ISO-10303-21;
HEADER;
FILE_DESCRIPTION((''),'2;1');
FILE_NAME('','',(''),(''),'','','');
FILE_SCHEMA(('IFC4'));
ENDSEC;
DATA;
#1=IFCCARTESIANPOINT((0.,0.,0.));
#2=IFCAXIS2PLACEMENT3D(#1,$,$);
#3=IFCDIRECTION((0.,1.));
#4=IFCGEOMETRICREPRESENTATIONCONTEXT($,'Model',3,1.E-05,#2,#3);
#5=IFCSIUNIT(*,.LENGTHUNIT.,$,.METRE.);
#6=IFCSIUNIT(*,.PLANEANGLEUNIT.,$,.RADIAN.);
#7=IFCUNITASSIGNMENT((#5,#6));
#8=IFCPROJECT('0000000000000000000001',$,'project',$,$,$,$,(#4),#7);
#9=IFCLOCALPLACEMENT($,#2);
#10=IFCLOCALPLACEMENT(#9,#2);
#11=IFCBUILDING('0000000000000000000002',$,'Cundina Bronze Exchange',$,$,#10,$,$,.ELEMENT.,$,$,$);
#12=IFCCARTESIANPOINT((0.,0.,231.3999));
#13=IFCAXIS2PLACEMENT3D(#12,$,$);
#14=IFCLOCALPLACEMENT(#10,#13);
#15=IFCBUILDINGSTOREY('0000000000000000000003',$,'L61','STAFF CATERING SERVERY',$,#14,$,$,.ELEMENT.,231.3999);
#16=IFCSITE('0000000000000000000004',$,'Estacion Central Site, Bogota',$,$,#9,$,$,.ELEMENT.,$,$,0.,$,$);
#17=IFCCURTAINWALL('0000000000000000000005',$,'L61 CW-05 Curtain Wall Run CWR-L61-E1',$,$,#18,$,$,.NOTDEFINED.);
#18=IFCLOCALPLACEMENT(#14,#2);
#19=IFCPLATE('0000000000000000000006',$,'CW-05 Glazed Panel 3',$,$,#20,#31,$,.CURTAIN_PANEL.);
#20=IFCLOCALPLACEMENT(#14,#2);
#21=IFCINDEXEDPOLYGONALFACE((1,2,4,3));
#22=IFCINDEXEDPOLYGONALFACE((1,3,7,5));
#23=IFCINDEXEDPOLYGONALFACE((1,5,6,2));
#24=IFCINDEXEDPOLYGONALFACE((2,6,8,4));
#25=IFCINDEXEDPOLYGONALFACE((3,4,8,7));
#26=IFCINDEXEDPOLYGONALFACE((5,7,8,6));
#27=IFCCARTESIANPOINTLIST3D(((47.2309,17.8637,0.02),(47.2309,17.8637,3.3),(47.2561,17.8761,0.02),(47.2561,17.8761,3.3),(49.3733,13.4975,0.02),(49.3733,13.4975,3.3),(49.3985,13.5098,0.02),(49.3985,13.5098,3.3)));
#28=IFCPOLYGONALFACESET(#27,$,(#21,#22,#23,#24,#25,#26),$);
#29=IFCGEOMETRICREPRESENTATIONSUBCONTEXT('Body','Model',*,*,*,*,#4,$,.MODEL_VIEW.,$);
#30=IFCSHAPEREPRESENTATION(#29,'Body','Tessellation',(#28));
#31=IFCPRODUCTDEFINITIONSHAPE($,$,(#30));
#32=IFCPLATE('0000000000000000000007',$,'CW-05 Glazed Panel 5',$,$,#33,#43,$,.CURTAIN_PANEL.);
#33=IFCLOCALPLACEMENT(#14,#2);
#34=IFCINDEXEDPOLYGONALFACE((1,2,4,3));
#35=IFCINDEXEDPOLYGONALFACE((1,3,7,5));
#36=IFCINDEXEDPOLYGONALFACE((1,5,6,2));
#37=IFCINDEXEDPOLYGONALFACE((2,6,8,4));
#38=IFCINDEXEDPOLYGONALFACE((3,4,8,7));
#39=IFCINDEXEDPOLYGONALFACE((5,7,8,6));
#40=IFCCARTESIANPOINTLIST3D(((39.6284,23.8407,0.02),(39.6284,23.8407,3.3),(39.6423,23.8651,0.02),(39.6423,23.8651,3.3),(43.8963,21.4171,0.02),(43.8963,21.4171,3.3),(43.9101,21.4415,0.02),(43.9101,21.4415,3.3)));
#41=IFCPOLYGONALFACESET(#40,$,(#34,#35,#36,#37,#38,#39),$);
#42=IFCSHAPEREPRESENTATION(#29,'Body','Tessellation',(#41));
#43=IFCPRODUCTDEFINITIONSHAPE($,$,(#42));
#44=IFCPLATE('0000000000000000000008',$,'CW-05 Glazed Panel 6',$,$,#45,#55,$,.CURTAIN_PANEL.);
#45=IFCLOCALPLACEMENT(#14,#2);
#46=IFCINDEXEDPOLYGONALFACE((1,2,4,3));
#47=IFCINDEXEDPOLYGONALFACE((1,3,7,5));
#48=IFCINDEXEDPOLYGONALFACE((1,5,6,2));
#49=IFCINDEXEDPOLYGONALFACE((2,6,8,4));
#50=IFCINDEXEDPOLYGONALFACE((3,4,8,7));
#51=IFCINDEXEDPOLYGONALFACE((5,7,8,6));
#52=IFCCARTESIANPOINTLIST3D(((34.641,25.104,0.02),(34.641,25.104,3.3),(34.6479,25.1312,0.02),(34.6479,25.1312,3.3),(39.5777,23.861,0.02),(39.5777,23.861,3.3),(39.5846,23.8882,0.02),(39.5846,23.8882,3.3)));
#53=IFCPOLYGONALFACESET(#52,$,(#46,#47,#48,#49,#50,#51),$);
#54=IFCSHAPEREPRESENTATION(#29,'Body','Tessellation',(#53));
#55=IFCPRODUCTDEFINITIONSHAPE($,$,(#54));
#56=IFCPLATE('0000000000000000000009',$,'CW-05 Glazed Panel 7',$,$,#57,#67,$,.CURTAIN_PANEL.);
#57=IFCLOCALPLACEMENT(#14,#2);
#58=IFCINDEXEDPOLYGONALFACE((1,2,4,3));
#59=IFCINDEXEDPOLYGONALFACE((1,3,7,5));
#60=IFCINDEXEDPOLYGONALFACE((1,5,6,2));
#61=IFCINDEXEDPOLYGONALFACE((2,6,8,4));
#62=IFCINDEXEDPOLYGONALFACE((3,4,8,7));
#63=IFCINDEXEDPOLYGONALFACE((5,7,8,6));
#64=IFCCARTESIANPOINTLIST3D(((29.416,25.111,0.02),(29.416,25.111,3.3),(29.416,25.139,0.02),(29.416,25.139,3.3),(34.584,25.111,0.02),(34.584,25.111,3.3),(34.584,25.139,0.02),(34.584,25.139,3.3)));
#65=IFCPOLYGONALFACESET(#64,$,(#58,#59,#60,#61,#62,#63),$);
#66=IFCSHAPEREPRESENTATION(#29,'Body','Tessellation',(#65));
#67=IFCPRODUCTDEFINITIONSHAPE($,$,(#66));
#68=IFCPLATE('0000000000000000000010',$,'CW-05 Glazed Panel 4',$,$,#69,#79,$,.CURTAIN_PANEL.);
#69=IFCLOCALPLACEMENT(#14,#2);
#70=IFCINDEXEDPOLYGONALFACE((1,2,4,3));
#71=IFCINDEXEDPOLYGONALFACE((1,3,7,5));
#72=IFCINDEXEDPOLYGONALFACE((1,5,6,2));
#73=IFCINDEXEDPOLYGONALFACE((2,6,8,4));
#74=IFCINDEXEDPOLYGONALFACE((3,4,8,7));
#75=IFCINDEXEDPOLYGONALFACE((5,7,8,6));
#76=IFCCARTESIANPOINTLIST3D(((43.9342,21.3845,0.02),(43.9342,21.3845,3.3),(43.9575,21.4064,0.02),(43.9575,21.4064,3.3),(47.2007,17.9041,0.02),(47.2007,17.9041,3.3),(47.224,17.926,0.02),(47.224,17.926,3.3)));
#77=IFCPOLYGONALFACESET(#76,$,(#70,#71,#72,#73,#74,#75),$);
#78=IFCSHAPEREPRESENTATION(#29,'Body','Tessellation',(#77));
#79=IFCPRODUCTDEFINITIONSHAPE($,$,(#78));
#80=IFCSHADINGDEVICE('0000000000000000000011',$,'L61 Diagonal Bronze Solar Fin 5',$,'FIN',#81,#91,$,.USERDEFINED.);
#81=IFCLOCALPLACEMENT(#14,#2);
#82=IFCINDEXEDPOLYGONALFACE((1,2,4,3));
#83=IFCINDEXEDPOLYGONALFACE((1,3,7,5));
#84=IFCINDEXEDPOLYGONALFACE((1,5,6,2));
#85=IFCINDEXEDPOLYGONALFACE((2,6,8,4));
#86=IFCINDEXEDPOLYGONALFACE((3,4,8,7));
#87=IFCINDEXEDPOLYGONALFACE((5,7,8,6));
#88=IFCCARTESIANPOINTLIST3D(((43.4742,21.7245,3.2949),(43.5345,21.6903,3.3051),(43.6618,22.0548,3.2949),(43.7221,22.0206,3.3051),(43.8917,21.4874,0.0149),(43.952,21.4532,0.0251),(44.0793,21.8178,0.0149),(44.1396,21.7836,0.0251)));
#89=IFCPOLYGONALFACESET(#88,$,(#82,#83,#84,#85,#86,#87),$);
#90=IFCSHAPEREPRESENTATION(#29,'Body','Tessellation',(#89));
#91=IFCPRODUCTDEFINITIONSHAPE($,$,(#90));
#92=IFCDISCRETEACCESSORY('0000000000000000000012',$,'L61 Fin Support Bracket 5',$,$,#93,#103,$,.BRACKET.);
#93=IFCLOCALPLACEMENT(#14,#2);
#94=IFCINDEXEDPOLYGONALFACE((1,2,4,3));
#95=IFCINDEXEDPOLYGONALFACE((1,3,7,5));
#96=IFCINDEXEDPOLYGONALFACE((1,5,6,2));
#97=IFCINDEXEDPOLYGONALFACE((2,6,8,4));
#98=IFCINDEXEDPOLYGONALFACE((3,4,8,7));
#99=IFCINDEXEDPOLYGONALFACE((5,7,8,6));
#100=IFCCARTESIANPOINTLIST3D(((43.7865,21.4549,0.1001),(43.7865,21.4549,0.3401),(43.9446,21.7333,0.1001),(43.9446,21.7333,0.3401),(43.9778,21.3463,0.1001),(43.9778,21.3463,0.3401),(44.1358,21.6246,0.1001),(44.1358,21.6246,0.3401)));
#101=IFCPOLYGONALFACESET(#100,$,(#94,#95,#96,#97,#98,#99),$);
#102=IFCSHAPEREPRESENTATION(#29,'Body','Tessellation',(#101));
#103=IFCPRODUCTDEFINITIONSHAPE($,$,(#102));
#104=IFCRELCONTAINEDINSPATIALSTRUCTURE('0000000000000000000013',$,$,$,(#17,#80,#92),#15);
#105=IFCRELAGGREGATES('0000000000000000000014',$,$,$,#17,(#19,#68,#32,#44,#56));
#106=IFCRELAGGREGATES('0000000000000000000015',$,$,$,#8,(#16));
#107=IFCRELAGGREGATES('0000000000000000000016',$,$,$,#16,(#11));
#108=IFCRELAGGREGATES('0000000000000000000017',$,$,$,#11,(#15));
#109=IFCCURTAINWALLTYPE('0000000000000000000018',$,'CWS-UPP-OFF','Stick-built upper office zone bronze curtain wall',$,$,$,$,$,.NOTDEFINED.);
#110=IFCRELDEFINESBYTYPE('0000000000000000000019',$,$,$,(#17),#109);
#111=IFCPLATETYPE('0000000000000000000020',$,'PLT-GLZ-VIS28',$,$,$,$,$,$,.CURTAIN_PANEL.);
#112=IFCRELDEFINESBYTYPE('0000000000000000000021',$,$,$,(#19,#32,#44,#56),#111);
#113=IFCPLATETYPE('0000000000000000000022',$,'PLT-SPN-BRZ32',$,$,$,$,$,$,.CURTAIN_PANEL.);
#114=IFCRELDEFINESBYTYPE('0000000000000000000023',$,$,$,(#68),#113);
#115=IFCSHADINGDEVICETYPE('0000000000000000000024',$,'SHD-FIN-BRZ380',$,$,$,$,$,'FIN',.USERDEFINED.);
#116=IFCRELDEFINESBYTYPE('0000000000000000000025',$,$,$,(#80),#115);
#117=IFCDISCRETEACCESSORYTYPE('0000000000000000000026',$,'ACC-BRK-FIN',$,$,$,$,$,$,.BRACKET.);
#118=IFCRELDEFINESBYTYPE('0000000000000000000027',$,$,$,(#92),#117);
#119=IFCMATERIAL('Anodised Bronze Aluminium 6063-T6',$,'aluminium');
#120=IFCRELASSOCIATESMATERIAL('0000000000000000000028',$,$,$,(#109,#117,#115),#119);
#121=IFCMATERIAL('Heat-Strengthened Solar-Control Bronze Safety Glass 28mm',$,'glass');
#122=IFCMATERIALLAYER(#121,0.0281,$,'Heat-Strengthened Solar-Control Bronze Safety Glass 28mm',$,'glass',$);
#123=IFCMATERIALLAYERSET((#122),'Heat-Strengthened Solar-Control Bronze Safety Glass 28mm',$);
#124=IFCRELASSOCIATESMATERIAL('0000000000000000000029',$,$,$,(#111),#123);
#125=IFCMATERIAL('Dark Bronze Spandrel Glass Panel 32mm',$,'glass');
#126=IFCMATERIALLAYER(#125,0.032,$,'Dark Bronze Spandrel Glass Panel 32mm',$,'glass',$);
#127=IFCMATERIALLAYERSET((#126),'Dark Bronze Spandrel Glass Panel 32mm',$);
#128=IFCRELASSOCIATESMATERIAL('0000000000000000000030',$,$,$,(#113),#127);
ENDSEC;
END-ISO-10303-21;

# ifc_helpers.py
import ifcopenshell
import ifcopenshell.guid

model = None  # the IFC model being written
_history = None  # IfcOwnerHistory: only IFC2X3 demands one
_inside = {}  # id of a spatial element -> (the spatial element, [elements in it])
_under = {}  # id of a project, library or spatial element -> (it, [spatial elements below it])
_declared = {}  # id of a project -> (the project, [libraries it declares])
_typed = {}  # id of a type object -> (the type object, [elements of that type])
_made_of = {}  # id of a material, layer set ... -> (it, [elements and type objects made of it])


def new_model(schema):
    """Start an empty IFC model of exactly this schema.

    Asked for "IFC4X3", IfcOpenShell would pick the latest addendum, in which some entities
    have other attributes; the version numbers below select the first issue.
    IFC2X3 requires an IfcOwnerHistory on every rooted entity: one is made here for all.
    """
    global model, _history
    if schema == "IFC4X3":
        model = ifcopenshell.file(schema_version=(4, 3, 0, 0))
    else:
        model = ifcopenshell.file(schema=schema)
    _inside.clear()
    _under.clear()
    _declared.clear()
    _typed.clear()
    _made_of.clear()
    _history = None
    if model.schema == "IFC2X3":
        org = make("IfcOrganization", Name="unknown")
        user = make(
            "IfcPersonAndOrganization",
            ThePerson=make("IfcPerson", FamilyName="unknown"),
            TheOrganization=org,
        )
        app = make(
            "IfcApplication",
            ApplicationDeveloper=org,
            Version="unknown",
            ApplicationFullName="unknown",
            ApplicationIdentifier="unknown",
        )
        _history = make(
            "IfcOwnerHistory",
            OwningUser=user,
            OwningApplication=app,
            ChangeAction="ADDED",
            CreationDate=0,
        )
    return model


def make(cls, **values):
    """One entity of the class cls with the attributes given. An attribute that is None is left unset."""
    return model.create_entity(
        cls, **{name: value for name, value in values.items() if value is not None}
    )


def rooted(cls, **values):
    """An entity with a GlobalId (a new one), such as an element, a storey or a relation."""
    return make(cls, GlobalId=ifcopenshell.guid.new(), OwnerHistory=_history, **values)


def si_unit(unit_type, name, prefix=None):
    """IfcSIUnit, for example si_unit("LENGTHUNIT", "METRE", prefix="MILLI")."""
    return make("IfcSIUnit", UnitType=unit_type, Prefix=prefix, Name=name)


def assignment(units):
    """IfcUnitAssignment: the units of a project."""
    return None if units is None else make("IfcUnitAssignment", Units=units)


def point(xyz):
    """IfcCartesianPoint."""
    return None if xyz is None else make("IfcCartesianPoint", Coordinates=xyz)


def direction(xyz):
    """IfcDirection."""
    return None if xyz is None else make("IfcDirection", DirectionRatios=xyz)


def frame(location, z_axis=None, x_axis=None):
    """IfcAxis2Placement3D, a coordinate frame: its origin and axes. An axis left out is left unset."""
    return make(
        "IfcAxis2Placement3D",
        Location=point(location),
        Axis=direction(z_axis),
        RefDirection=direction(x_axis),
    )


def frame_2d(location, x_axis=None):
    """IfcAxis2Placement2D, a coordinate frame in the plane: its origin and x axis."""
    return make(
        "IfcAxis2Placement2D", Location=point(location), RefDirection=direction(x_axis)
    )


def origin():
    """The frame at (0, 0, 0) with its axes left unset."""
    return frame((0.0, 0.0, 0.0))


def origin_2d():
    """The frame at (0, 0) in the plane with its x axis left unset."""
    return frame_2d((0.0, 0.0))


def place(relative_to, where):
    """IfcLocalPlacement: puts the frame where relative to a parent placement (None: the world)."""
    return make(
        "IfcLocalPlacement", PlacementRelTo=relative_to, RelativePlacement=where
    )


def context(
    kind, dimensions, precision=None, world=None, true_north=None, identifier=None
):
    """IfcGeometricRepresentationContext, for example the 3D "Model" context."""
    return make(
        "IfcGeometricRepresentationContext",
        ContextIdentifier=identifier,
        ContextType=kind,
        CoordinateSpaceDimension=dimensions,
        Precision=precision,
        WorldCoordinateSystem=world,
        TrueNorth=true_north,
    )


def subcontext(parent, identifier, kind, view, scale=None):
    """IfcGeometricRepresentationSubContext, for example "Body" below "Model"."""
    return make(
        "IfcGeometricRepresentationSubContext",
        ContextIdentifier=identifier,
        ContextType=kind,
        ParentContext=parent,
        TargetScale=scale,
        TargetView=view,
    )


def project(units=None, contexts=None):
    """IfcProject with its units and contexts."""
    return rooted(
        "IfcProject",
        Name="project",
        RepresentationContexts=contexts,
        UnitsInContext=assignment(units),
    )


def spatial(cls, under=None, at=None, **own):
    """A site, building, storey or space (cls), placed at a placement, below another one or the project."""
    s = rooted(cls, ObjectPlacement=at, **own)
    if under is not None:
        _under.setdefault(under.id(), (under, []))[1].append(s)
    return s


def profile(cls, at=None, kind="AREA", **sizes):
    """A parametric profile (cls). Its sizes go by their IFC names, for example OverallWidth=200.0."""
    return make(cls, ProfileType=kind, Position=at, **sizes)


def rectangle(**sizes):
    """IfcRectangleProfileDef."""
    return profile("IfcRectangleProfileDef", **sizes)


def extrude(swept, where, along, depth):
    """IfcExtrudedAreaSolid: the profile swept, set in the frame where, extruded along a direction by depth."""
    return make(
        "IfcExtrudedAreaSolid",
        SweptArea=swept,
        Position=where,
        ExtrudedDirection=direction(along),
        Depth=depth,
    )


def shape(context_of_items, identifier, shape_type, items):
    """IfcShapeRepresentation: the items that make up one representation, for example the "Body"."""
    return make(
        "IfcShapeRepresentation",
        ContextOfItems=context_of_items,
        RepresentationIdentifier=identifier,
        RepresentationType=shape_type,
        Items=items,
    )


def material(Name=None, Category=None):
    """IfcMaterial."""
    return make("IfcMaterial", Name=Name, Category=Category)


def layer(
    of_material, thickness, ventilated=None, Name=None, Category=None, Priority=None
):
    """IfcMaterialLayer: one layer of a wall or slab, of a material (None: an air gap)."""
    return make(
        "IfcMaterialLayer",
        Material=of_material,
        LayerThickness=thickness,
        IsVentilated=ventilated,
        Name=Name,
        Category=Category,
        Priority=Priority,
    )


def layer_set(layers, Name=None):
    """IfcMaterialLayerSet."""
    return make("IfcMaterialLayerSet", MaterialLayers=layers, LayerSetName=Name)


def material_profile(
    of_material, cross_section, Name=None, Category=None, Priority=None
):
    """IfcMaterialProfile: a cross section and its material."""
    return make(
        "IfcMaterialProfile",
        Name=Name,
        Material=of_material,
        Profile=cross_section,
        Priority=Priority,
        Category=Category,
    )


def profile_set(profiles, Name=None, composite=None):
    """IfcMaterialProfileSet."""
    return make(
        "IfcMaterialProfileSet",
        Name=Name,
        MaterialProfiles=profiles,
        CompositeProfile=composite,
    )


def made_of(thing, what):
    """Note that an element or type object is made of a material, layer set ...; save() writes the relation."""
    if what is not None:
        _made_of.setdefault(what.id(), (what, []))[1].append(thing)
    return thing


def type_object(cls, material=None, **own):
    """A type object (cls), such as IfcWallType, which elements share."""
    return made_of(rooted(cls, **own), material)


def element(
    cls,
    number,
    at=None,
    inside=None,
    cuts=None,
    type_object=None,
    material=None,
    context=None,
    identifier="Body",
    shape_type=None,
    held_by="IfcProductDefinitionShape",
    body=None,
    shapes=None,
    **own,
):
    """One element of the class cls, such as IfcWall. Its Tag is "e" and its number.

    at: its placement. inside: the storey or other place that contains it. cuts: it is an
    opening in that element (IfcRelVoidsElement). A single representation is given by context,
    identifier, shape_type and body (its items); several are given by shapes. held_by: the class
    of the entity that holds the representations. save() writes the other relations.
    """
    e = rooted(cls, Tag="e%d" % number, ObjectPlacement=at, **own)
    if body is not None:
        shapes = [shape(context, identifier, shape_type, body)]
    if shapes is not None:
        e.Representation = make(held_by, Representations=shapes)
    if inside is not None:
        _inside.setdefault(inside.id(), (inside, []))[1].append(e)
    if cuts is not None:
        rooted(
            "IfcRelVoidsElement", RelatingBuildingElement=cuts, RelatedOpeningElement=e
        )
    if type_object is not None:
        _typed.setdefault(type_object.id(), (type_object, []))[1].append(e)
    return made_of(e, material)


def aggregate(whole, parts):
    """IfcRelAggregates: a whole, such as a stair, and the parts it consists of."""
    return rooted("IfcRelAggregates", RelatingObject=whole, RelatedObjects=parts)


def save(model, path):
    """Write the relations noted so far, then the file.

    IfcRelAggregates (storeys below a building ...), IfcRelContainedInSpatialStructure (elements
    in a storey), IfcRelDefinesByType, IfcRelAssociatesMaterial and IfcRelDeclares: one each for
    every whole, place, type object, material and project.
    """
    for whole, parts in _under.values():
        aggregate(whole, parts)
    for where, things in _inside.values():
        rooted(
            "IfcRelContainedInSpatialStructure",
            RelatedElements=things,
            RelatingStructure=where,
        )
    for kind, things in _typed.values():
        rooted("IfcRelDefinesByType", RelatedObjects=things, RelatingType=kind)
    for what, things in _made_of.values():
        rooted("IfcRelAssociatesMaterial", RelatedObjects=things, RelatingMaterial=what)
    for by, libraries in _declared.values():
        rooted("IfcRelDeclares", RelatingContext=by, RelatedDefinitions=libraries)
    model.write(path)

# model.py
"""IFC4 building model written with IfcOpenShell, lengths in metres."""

from ifc_helpers import new_model, si_unit, direction, frame, origin, origin_2d, place, context, subcontext, project, spatial, rectangle, extrude, material, layer, layer_set, material_profile, profile_set, type_object, element, aggregate, save


model = new_model("IFC4")

# Units and contexts
model_context = context("Model", 3, precision=1e-05, world=origin(), true_north=direction((0.0, 1.0)))
body_context = subcontext(model_context, "Body", "Model", "MODEL_VIEW")
ifc_project = project(units=[si_unit("LENGTHUNIT", "METRE"), si_unit("PLANEANGLEUNIT", "RADIAN")], contexts=[model_context])

# Site, building, storey
site_placement = place(None, origin())
site = spatial("IfcSite", under=ifc_project, at=site_placement, Name="Estacion Central Site, Bogota", CompositionType="ELEMENT", RefElevation=0.0)
building_placement = place(site_placement, origin())
building = spatial("IfcBuilding", under=site, at=building_placement, Name="Cundina Bronze Exchange", CompositionType="ELEMENT")
storey_placement = place(building_placement, frame((0.0, 0.0, 231.3999)))
storey = spatial("IfcBuildingStorey", under=building, at=storey_placement, Name="L61", Description="STAFF CATERING SERVERY", CompositionType="ELEMENT", Elevation=231.3999)

# Curtain wall, plates
ifc_material_1 = material(Name="Anodised Bronze Aluminium 6063-T6", Category="aluminium")
curtain_wall_type = type_object("IfcCurtainWallType", Name="CWS-UPP-OFF", Description="Stick-built upper office zone bronze curtain wall", PredefinedType="NOTDEFINED", material=ifc_material_1)
curtain_wall_placement = place(storey_placement, origin())
curtain_wall = element("IfcCurtainWall", 1, at=curtain_wall_placement, inside=storey, type_object=curtain_wall_type, Name="L61 CW-05 Curtain Wall Run CWR-L61-E1", PredefinedType="NOTDEFINED")
ifc_material_2 = material(Name="Heat-Strengthened Solar-Control Bronze Safety Glass 28mm", Category="glass")
ifc_layer_1 = layer(ifc_material_2, 0.0281, Name="Heat-Strengthened Solar-Control Bronze Safety Glass 28mm", Category="glass")
ifc_layer_set_1 = layer_set([ifc_layer_1], Name="Heat-Strengthened Solar-Control Bronze Safety Glass 28mm")
plate_type_1 = type_object("IfcPlateType", Name="PLT-GLZ-VIS28", PredefinedType="CURTAIN_PANEL", material=ifc_layer_set_1)
plate_1_placement = place(storey_placement, frame((48.3147, 15.6868, 0.02), z_axis=(0.0, 0.0, 1.0), x_axis=(-0.440503, 0.897751, 0.0)))
plate_1 = element("IfcPlate", 2, at=plate_1_placement, type_object=plate_type_1, Name="CW-05 Glazed Panel 3", PredefinedType="CURTAIN_PANEL", context=body_context, shape_type="SweptSolid", body=[
    extrude(rectangle(XDim=4.8635, YDim=0.0281, at=origin_2d()), origin(), (0.0, 0.0, 1.0), 3.28),
])
plate_2_placement = place(storey_placement, frame((41.7693, 22.6411, 0.02), z_axis=(0.0, 0.0, 1.0), x_axis=(-0.869573, 0.493805, 0.0)))
plate_2 = element("IfcPlate", 3, at=plate_2_placement, type_object=plate_type_1, Name="CW-05 Glazed Panel 5", PredefinedType="CURTAIN_PANEL", context=body_context, shape_type="SweptSolid", body=[
    extrude(rectangle(XDim=4.908, YDim=0.0281, at=origin_2d()), origin(), (0.0, 0.0, 1.0), 3.28),
])
plate_3_placement = place(storey_placement, frame((37.1128, 24.4961, 0.02), z_axis=(0.0, 0.0, 1.0), x_axis=(-0.969732, 0.244174, 0.0)))
plate_3 = element("IfcPlate", 4, at=plate_3_placement, type_object=plate_type_1, Name="CW-05 Glazed Panel 6", PredefinedType="CURTAIN_PANEL", context=body_context, shape_type="SweptSolid", body=[
    extrude(rectangle(XDim=5.0908, YDim=0.0281, at=origin_2d()), origin(), (0.0, 0.0, 1.0), 3.28),
])
plate_4_placement = place(storey_placement, frame((32.0, 25.125, 0.02), z_axis=(0.0, 0.0, 1.0), x_axis=(-1.0, 0.0, 0.0)))
plate_4 = element("IfcPlate", 5, at=plate_4_placement, type_object=plate_type_1, Name="CW-05 Glazed Panel 7", PredefinedType="CURTAIN_PANEL", context=body_context, shape_type="SweptSolid", body=[
    extrude(rectangle(XDim=5.168, YDim=0.0281, at=origin_2d()), origin(), (0.0, 0.0, 1.0), 3.28),
])
ifc_material_3 = material(Name="Dark Bronze Spandrel Glass Panel 32mm", Category="glass")
ifc_layer_2 = layer(ifc_material_3, 0.032, Name="Dark Bronze Spandrel Glass Panel 32mm", Category="glass")
ifc_layer_set_2 = layer_set([ifc_layer_2], Name="Dark Bronze Spandrel Glass Panel 32mm")
plate_type_2 = type_object("IfcPlateType", Name="PLT-SPN-BRZ32", PredefinedType="CURTAIN_PANEL", material=ifc_layer_set_2)
plate_5_placement = place(storey_placement, frame((45.5791, 19.6553, 0.02), z_axis=(0.0, 0.0, 1.0), x_axis=(-0.684344, 0.72916, 0.0)))
plate_5 = element("IfcPlate", 6, at=plate_5_placement, type_object=plate_type_2, Name="CW-05 Glazed Panel 4", PredefinedType="CURTAIN_PANEL", context=body_context, shape_type="SweptSolid", body=[
    extrude(rectangle(XDim=4.7732, YDim=0.032, at=origin_2d()), origin(), (0.0, 0.0, 1.0), 3.28),
])
aggregate(curtain_wall, [plate_1, plate_5, plate_2, plate_3, plate_4])

# Shading device
ifc_material_profile_1 = material_profile(ifc_material_1, rectangle(XDim=0.0701, YDim=0.3799, at=origin_2d()), Name="FIN70X380", Category="aluminium")
ifc_profile_set_1 = profile_set([ifc_material_profile_1], Name="Anodised Bronze Aluminium 6063-T6")
shading_device_type = type_object("IfcShadingDeviceType", Name="SHD-FIN-BRZ380", ElementType="FIN", PredefinedType="USERDEFINED", material=ifc_profile_set_1)
shading_device_placement = place(storey_placement, frame((44.0156, 21.6355, 0.02), z_axis=(-0.125938, 0.071512, 0.989457), x_axis=(0.860418, -0.488576, 0.144825)))
element("IfcShadingDevice", 7, at=shading_device_placement, inside=storey, type_object=shading_device_type, Name="L61 Diagonal Bronze Solar Fin 5", ObjectType="FIN", PredefinedType="USERDEFINED", context=body_context, shape_type="SweptSolid", body=[
    extrude(rectangle(XDim=0.0701, YDim=0.3799, at=origin_2d()), origin(), (0.0, 0.0, 1.0), 3.3149),
])

# Discrete accessory
discrete_accessory_type = type_object("IfcDiscreteAccessoryType", Name="ACC-BRK-FIN", PredefinedType="BRACKET", material=ifc_material_1)
discrete_accessory_placement = place(storey_placement, frame((43.9612, 21.5398, 0.1001), z_axis=(0.0, 0.0, 1.0), x_axis=(-0.869573, 0.493805, 0.0)))
element("IfcDiscreteAccessory", 8, at=discrete_accessory_placement, inside=storey, type_object=discrete_accessory_type, Name="L61 Fin Support Bracket 5", PredefinedType="BRACKET", context=body_context, shape_type="SweptSolid", body=[
    extrude(rectangle(XDim=0.22, YDim=0.3201, at=origin_2d()), origin(), (0.0, 0.0, 1.0), 0.24),
])

save(model, "model.ifc")
